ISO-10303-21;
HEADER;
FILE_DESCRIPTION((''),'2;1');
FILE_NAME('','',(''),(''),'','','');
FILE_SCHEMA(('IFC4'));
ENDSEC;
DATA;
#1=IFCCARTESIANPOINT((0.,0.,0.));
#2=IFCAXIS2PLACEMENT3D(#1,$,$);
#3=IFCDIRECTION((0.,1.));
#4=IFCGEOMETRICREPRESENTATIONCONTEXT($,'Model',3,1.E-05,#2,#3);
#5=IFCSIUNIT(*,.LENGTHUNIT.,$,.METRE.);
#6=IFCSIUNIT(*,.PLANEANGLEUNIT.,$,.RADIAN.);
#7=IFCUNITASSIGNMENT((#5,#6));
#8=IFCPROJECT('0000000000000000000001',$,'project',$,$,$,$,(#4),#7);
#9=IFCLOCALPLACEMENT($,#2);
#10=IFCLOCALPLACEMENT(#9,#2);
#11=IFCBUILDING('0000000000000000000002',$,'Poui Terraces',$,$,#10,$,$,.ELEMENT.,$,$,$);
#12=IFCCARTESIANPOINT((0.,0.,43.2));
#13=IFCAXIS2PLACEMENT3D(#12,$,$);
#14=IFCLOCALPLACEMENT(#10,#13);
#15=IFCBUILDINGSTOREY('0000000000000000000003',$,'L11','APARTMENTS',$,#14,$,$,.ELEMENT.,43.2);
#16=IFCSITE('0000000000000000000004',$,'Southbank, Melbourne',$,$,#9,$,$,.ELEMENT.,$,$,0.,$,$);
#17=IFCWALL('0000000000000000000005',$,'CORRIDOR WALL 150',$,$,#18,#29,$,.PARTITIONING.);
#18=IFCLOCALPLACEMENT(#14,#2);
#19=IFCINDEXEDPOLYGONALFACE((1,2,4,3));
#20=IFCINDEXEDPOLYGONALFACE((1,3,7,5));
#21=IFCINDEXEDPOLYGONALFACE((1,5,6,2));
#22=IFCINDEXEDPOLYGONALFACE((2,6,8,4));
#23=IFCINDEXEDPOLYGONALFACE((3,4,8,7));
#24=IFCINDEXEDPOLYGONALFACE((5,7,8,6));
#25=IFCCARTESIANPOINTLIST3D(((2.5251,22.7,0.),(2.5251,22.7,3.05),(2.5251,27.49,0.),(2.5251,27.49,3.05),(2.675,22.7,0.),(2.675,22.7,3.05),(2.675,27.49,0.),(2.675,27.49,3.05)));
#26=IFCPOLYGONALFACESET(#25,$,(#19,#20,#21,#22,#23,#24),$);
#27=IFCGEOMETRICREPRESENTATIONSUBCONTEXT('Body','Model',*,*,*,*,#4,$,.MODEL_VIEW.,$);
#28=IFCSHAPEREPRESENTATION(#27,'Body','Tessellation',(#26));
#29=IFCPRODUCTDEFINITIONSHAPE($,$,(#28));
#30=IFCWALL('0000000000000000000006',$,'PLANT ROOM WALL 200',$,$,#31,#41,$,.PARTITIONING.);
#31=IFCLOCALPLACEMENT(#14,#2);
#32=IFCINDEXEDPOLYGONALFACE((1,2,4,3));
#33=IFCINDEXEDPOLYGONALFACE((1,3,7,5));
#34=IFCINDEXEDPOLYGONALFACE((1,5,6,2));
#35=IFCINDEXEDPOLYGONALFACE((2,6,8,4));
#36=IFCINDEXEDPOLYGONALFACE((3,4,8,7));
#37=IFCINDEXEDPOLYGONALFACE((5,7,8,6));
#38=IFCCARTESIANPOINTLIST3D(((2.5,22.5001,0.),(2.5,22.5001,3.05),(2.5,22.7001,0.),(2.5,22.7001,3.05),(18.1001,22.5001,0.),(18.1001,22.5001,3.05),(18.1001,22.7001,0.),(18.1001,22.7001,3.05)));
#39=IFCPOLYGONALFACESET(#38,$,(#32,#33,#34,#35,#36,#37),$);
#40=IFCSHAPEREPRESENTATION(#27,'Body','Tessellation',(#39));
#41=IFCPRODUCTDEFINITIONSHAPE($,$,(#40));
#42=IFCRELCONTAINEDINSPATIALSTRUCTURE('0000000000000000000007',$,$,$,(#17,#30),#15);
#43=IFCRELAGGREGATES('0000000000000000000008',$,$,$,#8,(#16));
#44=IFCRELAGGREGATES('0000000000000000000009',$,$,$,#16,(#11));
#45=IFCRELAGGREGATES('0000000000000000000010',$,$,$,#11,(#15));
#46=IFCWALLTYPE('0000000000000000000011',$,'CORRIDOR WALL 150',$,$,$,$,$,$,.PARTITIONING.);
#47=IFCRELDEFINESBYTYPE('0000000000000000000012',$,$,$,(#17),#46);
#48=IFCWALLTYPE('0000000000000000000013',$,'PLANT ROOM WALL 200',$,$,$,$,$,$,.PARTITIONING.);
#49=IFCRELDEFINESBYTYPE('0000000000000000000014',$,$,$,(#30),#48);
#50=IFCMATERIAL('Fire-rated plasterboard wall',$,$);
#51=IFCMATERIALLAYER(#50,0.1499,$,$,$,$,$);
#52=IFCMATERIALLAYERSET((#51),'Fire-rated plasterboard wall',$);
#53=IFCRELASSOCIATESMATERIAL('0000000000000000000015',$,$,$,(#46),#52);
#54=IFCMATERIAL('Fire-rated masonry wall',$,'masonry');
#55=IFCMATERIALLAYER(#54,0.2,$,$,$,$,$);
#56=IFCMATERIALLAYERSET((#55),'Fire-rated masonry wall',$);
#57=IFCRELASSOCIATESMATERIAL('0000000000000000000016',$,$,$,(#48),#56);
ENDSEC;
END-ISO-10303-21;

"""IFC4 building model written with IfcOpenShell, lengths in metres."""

from ifc_helpers import new_model, si_unit, direction, frame, frame_2d, origin, place, context, subcontext, project, spatial, rectangle, extrude, material, layer, layer_set, type_object, element, save


model = new_model("IFC4")

# Units and contexts
model_context = context("Model", 3, precision=1e-05, world=origin(), true_north=direction((0.0, 1.0)))
body_context = subcontext(model_context, "Body", "Model", "MODEL_VIEW")
ifc_project = project(units=[si_unit("LENGTHUNIT", "METRE"), si_unit("PLANEANGLEUNIT", "RADIAN")], contexts=[model_context])

# Site, building, storey
site_placement = place(None, origin())
site = spatial("IfcSite", under=ifc_project, at=site_placement, Name="Southbank, Melbourne", CompositionType="ELEMENT", RefElevation=0.0)
building_placement = place(site_placement, origin())
building = spatial("IfcBuilding", under=site, at=building_placement, Name="Poui Terraces", CompositionType="ELEMENT")
storey_placement = place(building_placement, frame((0.0, 0.0, 43.2)))
storey = spatial("IfcBuildingStorey", under=building, at=storey_placement, Name="L11", Description="APARTMENTS", CompositionType="ELEMENT", Elevation=43.2)

# Walls
ifc_material_1 = material(Name="Fire-rated plasterboard wall")
ifc_layer_1 = layer(ifc_material_1, 0.1499)
ifc_layer_set_1 = layer_set([ifc_layer_1], Name="Fire-rated plasterboard wall")
wall_type_1 = type_object("IfcWallType", Name="CORRIDOR WALL 150", PredefinedType="PARTITIONING", material=ifc_layer_set_1)
wall_1_placement = place(storey_placement, frame((2.6001, 22.7, 0.0), z_axis=(0.0, 0.0, 1.0), x_axis=(0.0, 1.0, 0.0)))
element("IfcWall", 1, at=wall_1_placement, inside=storey, type_object=wall_type_1, Name="CORRIDOR WALL 150", PredefinedType="PARTITIONING", context=body_context, shape_type="SweptSolid", body=[
    extrude(rectangle(XDim=4.79, YDim=0.1499, at=frame_2d((2.395, 0.0))), origin(), (0.0, 0.0, 1.0), 3.05),
])
ifc_material_2 = material(Name="Fire-rated masonry wall", Category="masonry")
ifc_layer_2 = layer(ifc_material_2, 0.2)
ifc_layer_set_2 = layer_set([ifc_layer_2], Name="Fire-rated masonry wall")
wall_type_2 = type_object("IfcWallType", Name="PLANT ROOM WALL 200", PredefinedType="PARTITIONING", material=ifc_layer_set_2)
wall_2_placement = place(storey_placement, frame((2.5, 22.6001, 0.0), z_axis=(0.0, 0.0, 1.0), x_axis=(1.0, 0.0, 0.0)))
element("IfcWall", 2, at=wall_2_placement, inside=storey, type_object=wall_type_2, Name="PLANT ROOM WALL 200", PredefinedType="PARTITIONING", context=body_context, shape_type="SweptSolid", body=[
    extrude(rectangle(XDim=15.6001, YDim=0.2, at=frame_2d((7.8, 0.0))), origin(), (0.0, 0.0, 1.0), 3.05),
])

save(model, "model.ifc")
